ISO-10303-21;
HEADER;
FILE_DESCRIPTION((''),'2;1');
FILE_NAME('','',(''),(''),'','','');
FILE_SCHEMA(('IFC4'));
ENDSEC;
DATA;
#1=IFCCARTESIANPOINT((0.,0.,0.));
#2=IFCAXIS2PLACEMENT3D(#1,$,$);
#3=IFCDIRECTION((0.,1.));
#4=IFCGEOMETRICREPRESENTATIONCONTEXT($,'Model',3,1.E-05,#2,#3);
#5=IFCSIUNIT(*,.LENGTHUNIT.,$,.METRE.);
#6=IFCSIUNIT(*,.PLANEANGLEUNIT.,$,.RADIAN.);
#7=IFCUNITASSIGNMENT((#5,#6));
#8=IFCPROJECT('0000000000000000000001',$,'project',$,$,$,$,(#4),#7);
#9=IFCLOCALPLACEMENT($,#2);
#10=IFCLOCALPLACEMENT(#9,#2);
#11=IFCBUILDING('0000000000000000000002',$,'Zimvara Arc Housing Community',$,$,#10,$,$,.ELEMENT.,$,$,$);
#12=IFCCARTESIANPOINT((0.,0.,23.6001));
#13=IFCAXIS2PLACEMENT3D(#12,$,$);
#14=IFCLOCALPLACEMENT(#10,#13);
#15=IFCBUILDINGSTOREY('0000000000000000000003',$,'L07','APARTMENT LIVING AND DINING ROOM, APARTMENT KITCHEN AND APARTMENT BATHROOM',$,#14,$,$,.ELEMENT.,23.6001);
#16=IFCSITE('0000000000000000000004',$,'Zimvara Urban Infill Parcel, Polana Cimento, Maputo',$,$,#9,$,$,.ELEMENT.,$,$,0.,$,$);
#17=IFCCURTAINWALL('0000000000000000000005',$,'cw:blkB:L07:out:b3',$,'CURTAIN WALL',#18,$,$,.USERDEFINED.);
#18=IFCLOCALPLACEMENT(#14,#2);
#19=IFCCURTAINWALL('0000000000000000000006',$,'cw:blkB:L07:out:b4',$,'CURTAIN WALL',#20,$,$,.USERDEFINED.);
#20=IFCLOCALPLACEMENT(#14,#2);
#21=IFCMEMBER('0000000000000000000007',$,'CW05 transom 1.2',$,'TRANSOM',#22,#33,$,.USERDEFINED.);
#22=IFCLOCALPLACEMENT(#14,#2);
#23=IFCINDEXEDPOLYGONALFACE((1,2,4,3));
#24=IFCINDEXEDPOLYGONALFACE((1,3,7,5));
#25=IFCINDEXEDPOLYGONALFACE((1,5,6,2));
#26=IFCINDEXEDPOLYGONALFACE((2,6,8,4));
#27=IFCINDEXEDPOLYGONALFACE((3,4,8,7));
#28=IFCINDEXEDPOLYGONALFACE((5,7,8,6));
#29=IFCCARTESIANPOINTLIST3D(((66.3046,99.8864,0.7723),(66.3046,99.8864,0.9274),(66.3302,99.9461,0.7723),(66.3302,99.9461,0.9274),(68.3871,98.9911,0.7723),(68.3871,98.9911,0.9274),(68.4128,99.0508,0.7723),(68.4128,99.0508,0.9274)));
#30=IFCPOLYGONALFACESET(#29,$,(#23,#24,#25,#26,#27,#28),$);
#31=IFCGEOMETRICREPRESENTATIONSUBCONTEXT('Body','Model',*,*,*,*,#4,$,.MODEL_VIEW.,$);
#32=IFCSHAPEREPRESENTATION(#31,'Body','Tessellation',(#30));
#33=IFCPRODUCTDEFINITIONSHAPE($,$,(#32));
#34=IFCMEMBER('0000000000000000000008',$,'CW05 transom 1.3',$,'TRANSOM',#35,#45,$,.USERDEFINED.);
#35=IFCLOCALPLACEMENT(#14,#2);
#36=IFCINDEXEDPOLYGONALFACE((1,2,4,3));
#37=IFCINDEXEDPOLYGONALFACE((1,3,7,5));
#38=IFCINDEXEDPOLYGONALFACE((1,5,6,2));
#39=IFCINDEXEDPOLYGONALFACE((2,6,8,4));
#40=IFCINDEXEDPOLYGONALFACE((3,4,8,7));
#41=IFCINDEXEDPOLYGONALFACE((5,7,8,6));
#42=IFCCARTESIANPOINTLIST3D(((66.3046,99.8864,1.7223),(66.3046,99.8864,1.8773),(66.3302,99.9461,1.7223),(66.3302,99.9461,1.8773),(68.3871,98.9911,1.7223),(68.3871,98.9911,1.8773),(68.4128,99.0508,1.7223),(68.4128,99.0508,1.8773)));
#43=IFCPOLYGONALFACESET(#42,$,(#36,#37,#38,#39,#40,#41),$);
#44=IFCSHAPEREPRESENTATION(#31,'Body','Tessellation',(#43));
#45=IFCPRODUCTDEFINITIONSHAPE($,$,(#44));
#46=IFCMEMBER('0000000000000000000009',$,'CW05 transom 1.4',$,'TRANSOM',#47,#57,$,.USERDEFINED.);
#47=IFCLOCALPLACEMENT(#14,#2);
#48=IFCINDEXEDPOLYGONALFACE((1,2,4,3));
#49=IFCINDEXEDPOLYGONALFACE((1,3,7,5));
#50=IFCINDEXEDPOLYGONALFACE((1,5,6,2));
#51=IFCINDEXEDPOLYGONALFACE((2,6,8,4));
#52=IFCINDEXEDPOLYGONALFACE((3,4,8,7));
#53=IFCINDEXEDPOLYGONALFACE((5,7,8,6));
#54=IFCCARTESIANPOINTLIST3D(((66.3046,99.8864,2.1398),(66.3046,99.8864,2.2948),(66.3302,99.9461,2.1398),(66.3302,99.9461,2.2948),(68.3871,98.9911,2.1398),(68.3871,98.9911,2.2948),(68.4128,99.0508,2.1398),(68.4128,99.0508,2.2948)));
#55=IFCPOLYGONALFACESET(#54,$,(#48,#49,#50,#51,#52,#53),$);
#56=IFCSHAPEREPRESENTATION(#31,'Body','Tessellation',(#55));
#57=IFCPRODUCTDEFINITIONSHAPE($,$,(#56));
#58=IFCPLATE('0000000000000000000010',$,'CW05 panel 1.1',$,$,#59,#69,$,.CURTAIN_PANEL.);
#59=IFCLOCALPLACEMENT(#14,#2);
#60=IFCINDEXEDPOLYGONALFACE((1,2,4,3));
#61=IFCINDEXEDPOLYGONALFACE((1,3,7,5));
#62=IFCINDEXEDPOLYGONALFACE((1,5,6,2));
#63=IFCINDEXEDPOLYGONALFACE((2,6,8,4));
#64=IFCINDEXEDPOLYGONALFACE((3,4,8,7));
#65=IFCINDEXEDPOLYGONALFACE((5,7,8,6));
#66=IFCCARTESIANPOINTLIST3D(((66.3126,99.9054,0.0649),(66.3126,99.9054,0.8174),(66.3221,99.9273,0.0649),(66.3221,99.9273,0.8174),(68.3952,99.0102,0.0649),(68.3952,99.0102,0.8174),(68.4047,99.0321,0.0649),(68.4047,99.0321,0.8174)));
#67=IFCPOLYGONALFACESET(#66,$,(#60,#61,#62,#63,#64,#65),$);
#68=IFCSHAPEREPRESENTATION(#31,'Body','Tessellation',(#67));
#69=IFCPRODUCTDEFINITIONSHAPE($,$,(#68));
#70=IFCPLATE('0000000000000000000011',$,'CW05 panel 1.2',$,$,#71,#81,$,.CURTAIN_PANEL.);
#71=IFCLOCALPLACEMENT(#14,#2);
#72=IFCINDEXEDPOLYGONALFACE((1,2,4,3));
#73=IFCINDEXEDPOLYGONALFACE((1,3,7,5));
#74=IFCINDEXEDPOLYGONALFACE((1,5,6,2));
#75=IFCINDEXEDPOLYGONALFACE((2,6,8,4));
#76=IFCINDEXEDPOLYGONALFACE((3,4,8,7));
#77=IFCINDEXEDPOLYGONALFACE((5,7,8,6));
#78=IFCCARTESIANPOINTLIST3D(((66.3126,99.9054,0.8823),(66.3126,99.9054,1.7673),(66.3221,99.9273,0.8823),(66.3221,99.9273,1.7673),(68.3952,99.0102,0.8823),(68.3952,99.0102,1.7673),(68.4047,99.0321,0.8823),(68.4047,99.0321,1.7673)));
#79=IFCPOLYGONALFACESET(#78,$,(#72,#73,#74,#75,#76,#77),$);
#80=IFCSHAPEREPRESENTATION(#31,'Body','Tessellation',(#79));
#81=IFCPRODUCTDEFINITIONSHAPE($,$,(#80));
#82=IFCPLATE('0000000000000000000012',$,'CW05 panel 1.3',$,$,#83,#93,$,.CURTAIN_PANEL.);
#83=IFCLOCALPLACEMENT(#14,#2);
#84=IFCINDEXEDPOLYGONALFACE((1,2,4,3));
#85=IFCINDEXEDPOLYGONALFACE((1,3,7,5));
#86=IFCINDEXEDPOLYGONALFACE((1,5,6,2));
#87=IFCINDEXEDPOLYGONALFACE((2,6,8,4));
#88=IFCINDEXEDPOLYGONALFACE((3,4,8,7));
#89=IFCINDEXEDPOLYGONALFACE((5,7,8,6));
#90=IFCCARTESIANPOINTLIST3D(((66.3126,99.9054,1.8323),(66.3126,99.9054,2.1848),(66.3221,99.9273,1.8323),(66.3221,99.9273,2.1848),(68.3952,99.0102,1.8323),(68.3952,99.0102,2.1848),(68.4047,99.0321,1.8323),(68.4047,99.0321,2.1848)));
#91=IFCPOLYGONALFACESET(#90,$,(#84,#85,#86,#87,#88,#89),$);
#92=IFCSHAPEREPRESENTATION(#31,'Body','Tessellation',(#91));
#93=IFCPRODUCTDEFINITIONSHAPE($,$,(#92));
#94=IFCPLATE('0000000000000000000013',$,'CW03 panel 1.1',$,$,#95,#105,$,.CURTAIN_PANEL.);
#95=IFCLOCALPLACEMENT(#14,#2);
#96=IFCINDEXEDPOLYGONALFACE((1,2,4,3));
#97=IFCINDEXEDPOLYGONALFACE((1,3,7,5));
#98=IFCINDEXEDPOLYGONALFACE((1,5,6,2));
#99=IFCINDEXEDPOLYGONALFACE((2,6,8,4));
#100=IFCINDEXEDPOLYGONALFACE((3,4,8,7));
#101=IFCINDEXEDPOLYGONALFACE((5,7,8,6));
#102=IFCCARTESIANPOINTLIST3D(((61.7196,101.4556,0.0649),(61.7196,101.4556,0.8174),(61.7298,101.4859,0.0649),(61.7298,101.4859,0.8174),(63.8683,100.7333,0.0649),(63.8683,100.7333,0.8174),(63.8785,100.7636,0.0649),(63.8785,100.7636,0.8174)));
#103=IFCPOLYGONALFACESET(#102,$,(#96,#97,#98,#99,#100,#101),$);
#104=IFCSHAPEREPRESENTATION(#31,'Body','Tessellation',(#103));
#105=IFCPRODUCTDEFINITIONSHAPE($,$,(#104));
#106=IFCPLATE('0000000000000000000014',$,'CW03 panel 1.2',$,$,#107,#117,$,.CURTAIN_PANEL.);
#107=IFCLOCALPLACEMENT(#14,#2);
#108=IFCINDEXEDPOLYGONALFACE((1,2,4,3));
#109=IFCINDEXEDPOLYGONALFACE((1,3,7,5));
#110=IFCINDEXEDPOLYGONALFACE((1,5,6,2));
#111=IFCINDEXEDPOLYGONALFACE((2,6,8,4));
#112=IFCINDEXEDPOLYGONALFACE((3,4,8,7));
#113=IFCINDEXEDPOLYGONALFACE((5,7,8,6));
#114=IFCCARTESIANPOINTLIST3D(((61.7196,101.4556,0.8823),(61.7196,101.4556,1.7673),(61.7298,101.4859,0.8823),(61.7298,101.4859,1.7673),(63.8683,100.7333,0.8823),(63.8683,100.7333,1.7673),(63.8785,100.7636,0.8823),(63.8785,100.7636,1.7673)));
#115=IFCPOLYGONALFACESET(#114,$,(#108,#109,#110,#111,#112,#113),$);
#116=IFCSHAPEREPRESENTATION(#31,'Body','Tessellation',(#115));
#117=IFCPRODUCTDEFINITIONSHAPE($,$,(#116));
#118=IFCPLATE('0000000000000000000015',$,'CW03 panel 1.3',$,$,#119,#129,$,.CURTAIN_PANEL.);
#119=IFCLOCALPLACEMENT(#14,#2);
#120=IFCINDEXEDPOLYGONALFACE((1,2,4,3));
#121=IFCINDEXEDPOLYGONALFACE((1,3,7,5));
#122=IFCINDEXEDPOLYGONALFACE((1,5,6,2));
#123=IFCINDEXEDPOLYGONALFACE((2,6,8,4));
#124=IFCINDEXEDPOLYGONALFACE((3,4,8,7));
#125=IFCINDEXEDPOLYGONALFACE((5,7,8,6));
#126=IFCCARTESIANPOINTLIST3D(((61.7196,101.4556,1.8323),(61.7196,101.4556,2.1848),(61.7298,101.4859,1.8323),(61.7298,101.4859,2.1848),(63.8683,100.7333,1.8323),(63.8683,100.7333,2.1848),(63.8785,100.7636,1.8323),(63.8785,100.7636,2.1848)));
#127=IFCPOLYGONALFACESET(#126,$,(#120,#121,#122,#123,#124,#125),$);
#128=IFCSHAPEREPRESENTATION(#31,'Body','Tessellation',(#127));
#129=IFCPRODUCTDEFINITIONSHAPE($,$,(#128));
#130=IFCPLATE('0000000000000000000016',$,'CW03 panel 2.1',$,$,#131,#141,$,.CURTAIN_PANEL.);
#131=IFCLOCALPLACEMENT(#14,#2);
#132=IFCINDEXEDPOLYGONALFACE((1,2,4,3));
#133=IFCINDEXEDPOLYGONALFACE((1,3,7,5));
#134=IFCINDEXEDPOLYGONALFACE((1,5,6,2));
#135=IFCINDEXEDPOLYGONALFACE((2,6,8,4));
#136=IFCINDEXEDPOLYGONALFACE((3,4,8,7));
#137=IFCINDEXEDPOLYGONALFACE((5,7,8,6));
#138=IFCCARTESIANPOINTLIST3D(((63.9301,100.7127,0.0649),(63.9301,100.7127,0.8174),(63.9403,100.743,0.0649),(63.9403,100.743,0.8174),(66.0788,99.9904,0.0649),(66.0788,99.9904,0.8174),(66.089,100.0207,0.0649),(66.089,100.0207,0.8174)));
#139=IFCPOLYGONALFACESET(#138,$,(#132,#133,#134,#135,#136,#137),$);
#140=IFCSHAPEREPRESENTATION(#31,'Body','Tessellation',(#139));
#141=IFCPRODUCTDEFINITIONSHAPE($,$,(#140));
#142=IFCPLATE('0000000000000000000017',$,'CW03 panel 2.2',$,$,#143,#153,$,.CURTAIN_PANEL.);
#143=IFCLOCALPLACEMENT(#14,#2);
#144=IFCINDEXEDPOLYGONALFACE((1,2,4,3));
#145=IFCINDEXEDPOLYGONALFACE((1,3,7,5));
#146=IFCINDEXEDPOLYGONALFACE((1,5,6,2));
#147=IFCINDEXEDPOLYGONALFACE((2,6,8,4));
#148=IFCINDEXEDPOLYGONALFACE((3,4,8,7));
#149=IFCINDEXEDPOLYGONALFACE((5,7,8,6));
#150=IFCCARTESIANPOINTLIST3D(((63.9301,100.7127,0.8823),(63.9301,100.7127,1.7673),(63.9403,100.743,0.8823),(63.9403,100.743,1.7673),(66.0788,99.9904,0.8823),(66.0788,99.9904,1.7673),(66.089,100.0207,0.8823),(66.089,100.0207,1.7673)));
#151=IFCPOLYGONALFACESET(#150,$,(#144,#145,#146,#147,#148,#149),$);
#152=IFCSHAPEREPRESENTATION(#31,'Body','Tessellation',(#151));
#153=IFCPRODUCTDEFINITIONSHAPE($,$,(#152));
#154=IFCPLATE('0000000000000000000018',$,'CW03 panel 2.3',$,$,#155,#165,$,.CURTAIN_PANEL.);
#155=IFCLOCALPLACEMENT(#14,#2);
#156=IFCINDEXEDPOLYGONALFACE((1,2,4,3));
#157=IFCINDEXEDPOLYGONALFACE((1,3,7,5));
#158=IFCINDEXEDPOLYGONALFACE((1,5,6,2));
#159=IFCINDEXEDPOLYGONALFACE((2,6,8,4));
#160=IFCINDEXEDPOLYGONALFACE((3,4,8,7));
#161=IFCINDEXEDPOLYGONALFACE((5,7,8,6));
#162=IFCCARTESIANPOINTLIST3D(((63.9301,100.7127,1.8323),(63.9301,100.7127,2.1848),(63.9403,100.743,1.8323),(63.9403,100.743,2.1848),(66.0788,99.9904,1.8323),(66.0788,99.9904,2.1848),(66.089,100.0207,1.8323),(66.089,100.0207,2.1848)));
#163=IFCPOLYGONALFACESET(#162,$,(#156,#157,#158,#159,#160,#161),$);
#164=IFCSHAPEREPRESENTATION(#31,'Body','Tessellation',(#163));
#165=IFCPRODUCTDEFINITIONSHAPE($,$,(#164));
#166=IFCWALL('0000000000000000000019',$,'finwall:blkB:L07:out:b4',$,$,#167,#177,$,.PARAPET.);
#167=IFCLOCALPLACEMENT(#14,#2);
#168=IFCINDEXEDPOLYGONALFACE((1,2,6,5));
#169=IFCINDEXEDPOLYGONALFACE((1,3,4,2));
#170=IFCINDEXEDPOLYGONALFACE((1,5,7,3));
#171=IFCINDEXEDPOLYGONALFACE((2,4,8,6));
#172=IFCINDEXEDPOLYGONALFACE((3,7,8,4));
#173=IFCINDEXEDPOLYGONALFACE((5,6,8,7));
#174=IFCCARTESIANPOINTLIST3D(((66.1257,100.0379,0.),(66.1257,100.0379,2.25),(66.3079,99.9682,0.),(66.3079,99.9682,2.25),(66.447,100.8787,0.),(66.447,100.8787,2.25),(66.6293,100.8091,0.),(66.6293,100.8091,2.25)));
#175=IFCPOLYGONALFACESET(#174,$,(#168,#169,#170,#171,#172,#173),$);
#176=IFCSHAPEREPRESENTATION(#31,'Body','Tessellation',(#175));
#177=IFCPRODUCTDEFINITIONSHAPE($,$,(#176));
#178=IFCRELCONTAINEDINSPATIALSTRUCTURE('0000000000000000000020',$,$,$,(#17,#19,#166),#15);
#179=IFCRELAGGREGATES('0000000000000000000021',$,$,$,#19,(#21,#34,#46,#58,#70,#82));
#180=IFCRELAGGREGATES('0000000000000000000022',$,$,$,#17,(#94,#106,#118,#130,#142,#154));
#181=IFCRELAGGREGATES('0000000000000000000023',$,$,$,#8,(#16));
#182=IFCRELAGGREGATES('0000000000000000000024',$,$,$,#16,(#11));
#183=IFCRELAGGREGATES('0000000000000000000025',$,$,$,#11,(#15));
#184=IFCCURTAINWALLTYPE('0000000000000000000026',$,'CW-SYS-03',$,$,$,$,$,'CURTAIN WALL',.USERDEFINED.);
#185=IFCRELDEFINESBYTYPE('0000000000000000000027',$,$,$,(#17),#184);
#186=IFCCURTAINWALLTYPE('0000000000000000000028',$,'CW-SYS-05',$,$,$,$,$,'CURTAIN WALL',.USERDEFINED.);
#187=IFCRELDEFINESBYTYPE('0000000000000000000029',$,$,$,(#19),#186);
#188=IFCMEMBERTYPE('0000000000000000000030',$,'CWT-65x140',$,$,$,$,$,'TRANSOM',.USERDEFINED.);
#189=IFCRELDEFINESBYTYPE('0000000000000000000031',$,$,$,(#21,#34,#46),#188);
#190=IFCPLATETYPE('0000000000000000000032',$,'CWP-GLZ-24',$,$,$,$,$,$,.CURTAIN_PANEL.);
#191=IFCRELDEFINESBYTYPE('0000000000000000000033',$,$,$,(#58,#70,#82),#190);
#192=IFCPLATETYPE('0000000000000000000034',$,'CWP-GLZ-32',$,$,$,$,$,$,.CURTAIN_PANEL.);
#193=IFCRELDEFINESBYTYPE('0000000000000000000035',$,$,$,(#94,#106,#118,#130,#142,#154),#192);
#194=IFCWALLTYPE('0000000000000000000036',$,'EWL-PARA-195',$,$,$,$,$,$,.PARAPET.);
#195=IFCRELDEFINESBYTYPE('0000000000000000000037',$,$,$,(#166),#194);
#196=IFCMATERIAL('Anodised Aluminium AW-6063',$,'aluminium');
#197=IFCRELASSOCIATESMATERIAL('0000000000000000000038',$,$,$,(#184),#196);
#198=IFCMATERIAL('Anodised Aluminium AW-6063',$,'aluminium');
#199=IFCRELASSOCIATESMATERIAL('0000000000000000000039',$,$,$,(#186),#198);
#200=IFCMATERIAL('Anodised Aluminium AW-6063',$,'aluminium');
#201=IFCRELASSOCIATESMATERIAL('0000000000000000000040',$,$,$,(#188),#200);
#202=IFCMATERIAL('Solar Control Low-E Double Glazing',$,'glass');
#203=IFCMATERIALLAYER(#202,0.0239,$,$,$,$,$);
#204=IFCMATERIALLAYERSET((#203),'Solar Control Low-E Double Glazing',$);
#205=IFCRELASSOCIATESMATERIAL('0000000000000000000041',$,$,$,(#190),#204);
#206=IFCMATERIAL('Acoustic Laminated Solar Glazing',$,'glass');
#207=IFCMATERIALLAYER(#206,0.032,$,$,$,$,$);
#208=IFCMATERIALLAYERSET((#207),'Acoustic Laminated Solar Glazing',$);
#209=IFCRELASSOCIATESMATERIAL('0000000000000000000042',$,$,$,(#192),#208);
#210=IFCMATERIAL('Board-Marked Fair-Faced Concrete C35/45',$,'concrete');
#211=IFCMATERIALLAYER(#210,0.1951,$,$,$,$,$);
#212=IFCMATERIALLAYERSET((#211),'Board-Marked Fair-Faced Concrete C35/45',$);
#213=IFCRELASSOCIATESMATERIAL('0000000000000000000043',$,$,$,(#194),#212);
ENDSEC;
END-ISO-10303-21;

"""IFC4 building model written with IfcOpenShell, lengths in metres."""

from ifc_helpers import new_model, si_unit, direction, frame, frame_2d, origin, origin_2d, place, context, subcontext, project, spatial, rectangle, extrude, material, layer, layer_set, material_profile, profile_set, type_object, element, aggregate, save


model = new_model("IFC4")

# Units and contexts
model_context = context("Model", 3, precision=1e-05, world=origin(), true_north=direction((0.0, 1.0)))
body_context = subcontext(model_context, "Body", "Model", "MODEL_VIEW")
ifc_project = project(units=[si_unit("LENGTHUNIT", "METRE"), si_unit("PLANEANGLEUNIT", "RADIAN")], contexts=[model_context])

# Site, building, storey
site_placement = place(None, origin())
site = spatial("IfcSite", under=ifc_project, at=site_placement, Name="Zimvara Urban Infill Parcel, Polana Cimento, Maputo", CompositionType="ELEMENT", RefElevation=0.0)
building_placement = place(site_placement, origin())
building = spatial("IfcBuilding", under=site, at=building_placement, Name="Zimvara Arc Housing Community", CompositionType="ELEMENT")
storey_placement = place(building_placement, frame((0.0, 0.0, 23.6001)))
storey = spatial("IfcBuildingStorey", under=building, at=storey_placement, Name="L07", Description="APARTMENT LIVING AND DINING ROOM, APARTMENT KITCHEN AND APARTMENT BATHROOM", CompositionType="ELEMENT", Elevation=23.6001)

# Curtain wall
ifc_material_1 = material(Name="Anodised Aluminium AW-6063", Category="aluminium")
curtain_wall_type_1 = type_object("IfcCurtainWallType", Name="CW-SYS-03", ElementType="CURTAIN WALL", PredefinedType="USERDEFINED", material=ifc_material_1)
curtain_wall_1_placement = place(storey_placement, origin())
curtain_wall_1 = element("IfcCurtainWall", 1, at=curtain_wall_1_placement, inside=storey, type_object=curtain_wall_type_1, Name="cw:blkB:L07:out:b3", ObjectType="CURTAIN WALL", PredefinedType="USERDEFINED")

# Curtain wall
ifc_material_2 = material(Name="Anodised Aluminium AW-6063", Category="aluminium")
curtain_wall_type_2 = type_object("IfcCurtainWallType", Name="CW-SYS-05", ElementType="CURTAIN WALL", PredefinedType="USERDEFINED", material=ifc_material_2)
curtain_wall_2_placement = place(storey_placement, origin())
curtain_wall_2 = element("IfcCurtainWall", 2, at=curtain_wall_2_placement, inside=storey, type_object=curtain_wall_type_2, Name="cw:blkB:L07:out:b4", ObjectType="CURTAIN WALL", PredefinedType="USERDEFINED")

# Members
ifc_material_3 = material(Name="Anodised Aluminium AW-6063", Category="aluminium")
ifc_material_profile_1 = material_profile(ifc_material_3, rectangle(XDim=0.0649, YDim=0.155, at=origin_2d()), Name="ALU 65x155")
ifc_profile_set_1 = profile_set([ifc_material_profile_1], Name="Anodised Aluminium AW-6063")
member_type_1 = type_object("IfcMemberType", Name="CWT-65x140", ElementType="TRANSOM", PredefinedType="USERDEFINED", material=ifc_profile_set_1)
member_1_placement = place(storey_placement, frame((66.3174, 99.9163, 0.8499), z_axis=(0.918704, -0.394946, 0.0), x_axis=(0.394946, 0.918704, 0.0)))
member_1 = element("IfcMember", 3, at=member_1_placement, type_object=member_type_1, Name="CW05 transom 1.2", ObjectType="TRANSOM", PredefinedType="USERDEFINED", context=body_context, shape_type="SweptSolid", body=[
    extrude(rectangle(XDim=0.0649, YDim=0.155, at=origin_2d()), origin(), (0.0, 0.0, 1.0), 2.2668),
])
member_2_placement = place(storey_placement, frame((66.3174, 99.9163, 1.7998), z_axis=(0.918704, -0.394946, 0.0), x_axis=(0.394946, 0.918704, 0.0)))
member_2 = element("IfcMember", 4, at=member_2_placement, type_object=member_type_1, Name="CW05 transom 1.3", ObjectType="TRANSOM", PredefinedType="USERDEFINED", context=body_context, shape_type="SweptSolid", body=[
    extrude(rectangle(XDim=0.0649, YDim=0.155, at=origin_2d()), origin(), (0.0, 0.0, 1.0), 2.2668),
])
member_3_placement = place(storey_placement, frame((66.3174, 99.9163, 2.2173), z_axis=(0.918704, -0.394946, 0.0), x_axis=(0.394946, 0.918704, 0.0)))
member_3 = element("IfcMember", 5, at=member_3_placement, type_object=member_type_1, Name="CW05 transom 1.4", ObjectType="TRANSOM", PredefinedType="USERDEFINED", context=body_context, shape_type="SweptSolid", body=[
    extrude(rectangle(XDim=0.0649, YDim=0.155, at=origin_2d()), origin(), (0.0, 0.0, 1.0), 2.2668),
])

# Plates
ifc_material_4 = material(Name="Solar Control Low-E Double Glazing", Category="glass")
ifc_layer_1 = layer(ifc_material_4, 0.0239)
ifc_layer_set_1 = layer_set([ifc_layer_1], Name="Solar Control Low-E Double Glazing")
plate_type_1 = type_object("IfcPlateType", Name="CWP-GLZ-24", PredefinedType="CURTAIN_PANEL", material=ifc_layer_set_1)
plate_1_placement = place(storey_placement, frame((67.3586, 99.4688, 0.0649), z_axis=(0.0, 0.0, 1.0), x_axis=(0.918722, -0.394904, 0.0)))
plate_1 = element("IfcPlate", 6, at=plate_1_placement, type_object=plate_type_1, Name="CW05 panel 1.1", PredefinedType="CURTAIN_PANEL", context=body_context, shape_type="SweptSolid", body=[
    extrude(rectangle(XDim=2.2668, YDim=0.0239, at=origin_2d()), origin(), (0.0, 0.0, 1.0), 0.7524),
])
plate_2_placement = place(storey_placement, frame((67.3586, 99.4688, 0.8823), z_axis=(0.0, 0.0, 1.0), x_axis=(0.918722, -0.394904, 0.0)))
plate_2 = element("IfcPlate", 7, at=plate_2_placement, type_object=plate_type_1, Name="CW05 panel 1.2", PredefinedType="CURTAIN_PANEL", context=body_context, shape_type="SweptSolid", body=[
    extrude(rectangle(XDim=2.2668, YDim=0.0239, at=origin_2d()), origin(), (0.0, 0.0, 1.0), 0.885),
])
plate_3_placement = place(storey_placement, frame((67.3586, 99.4688, 1.8323), z_axis=(0.0, 0.0, 1.0), x_axis=(0.918722, -0.394904, 0.0)))
plate_3 = element("IfcPlate", 8, at=plate_3_placement, type_object=plate_type_1, Name="CW05 panel 1.3", PredefinedType="CURTAIN_PANEL", context=body_context, shape_type="SweptSolid", body=[
    extrude(rectangle(XDim=2.2668, YDim=0.0239, at=origin_2d()), origin(), (0.0, 0.0, 1.0), 0.3525),
])
aggregate(curtain_wall_2, [member_1, member_2, member_3, plate_1, plate_2, plate_3])
ifc_material_5 = material(Name="Acoustic Laminated Solar Glazing", Category="glass")
ifc_layer_2 = layer(ifc_material_5, 0.032)
ifc_layer_set_2 = layer_set([ifc_layer_2], Name="Acoustic Laminated Solar Glazing")
plate_type_2 = type_object("IfcPlateType", Name="CWP-GLZ-32", PredefinedType="CURTAIN_PANEL", material=ifc_layer_set_2)
plate_4_placement = place(storey_placement, frame((62.7991, 101.1096, 0.0649), z_axis=(0.0, 0.0, 1.0), x_axis=(0.94788, -0.318629, 0.0)))
plate_4 = element("IfcPlate", 9, at=plate_4_placement, type_object=plate_type_2, Name="CW03 panel 1.1", PredefinedType="CURTAIN_PANEL", context=body_context, shape_type="SweptSolid", body=[
    extrude(rectangle(XDim=2.2668, YDim=0.032, at=origin_2d()), origin(), (0.0, 0.0, 1.0), 0.7524),
])
plate_5_placement = place(storey_placement, frame((62.7991, 101.1096, 0.8823), z_axis=(0.0, 0.0, 1.0), x_axis=(0.94788, -0.318629, 0.0)))
plate_5 = element("IfcPlate", 10, at=plate_5_placement, type_object=plate_type_2, Name="CW03 panel 1.2", PredefinedType="CURTAIN_PANEL", context=body_context, shape_type="SweptSolid", body=[
    extrude(rectangle(XDim=2.2668, YDim=0.032, at=origin_2d()), origin(), (0.0, 0.0, 1.0), 0.885),
])
plate_6_placement = place(storey_placement, frame((62.7991, 101.1096, 1.8323), z_axis=(0.0, 0.0, 1.0), x_axis=(0.94788, -0.318629, 0.0)))
plate_6 = element("IfcPlate", 11, at=plate_6_placement, type_object=plate_type_2, Name="CW03 panel 1.3", PredefinedType="CURTAIN_PANEL", context=body_context, shape_type="SweptSolid", body=[
    extrude(rectangle(XDim=2.2668, YDim=0.032, at=origin_2d()), origin(), (0.0, 0.0, 1.0), 0.3525),
])
plate_7_placement = place(storey_placement, frame((65.0095, 100.3667, 0.0649), z_axis=(0.0, 0.0, 1.0), x_axis=(0.94788, -0.318629, 0.0)))
plate_7 = element("IfcPlate", 12, at=plate_7_placement, type_object=plate_type_2, Name="CW03 panel 2.1", PredefinedType="CURTAIN_PANEL", context=body_context, shape_type="SweptSolid", body=[
    extrude(rectangle(XDim=2.2668, YDim=0.032, at=origin_2d()), origin(), (0.0, 0.0, 1.0), 0.7524),
])
plate_8_placement = place(storey_placement, frame((65.0095, 100.3667, 0.8823), z_axis=(0.0, 0.0, 1.0), x_axis=(0.94788, -0.318629, 0.0)))
plate_8 = element("IfcPlate", 13, at=plate_8_placement, type_object=plate_type_2, Name="CW03 panel 2.2", PredefinedType="CURTAIN_PANEL", context=body_context, shape_type="SweptSolid", body=[
    extrude(rectangle(XDim=2.2668, YDim=0.032, at=origin_2d()), origin(), (0.0, 0.0, 1.0), 0.885),
])
plate_9_placement = place(storey_placement, frame((65.0095, 100.3667, 1.8323), z_axis=(0.0, 0.0, 1.0), x_axis=(0.94788, -0.318629, 0.0)))
plate_9 = element("IfcPlate", 14, at=plate_9_placement, type_object=plate_type_2, Name="CW03 panel 2.3", PredefinedType="CURTAIN_PANEL", context=body_context, shape_type="SweptSolid", body=[
    extrude(rectangle(XDim=2.2668, YDim=0.032, at=origin_2d()), origin(), (0.0, 0.0, 1.0), 0.3525),
])
aggregate(curtain_wall_1, [plate_4, plate_5, plate_6, plate_7, plate_8, plate_9])

# Wall
ifc_material_6 = material(Name="Board-Marked Fair-Faced Concrete C35/45", Category="concrete")
ifc_layer_3 = layer(ifc_material_6, 0.1951)
ifc_layer_set_3 = layer_set([ifc_layer_3], Name="Board-Marked Fair-Faced Concrete C35/45")
wall_type = type_object("IfcWallType", Name="EWL-PARA-195", PredefinedType="PARAPET", material=ifc_layer_set_3)
wall_placement = place(storey_placement, frame((66.2168, 100.0029, 0.0), z_axis=(0.0, 0.0, 1.0), x_axis=(0.356943, 0.934126, 0.0)))
element("IfcWall", 15, at=wall_placement, inside=storey, type_object=wall_type, Name="finwall:blkB:L07:out:b4", PredefinedType="PARAPET", context=body_context, shape_type="SweptSolid", body=[
    extrude(rectangle(XDim=0.9001, YDim=0.1951, at=frame_2d((0.4502, 0.0))), origin(), (0.0, 0.0, 1.0), 2.25),
])

save(model, "model.ifc")
